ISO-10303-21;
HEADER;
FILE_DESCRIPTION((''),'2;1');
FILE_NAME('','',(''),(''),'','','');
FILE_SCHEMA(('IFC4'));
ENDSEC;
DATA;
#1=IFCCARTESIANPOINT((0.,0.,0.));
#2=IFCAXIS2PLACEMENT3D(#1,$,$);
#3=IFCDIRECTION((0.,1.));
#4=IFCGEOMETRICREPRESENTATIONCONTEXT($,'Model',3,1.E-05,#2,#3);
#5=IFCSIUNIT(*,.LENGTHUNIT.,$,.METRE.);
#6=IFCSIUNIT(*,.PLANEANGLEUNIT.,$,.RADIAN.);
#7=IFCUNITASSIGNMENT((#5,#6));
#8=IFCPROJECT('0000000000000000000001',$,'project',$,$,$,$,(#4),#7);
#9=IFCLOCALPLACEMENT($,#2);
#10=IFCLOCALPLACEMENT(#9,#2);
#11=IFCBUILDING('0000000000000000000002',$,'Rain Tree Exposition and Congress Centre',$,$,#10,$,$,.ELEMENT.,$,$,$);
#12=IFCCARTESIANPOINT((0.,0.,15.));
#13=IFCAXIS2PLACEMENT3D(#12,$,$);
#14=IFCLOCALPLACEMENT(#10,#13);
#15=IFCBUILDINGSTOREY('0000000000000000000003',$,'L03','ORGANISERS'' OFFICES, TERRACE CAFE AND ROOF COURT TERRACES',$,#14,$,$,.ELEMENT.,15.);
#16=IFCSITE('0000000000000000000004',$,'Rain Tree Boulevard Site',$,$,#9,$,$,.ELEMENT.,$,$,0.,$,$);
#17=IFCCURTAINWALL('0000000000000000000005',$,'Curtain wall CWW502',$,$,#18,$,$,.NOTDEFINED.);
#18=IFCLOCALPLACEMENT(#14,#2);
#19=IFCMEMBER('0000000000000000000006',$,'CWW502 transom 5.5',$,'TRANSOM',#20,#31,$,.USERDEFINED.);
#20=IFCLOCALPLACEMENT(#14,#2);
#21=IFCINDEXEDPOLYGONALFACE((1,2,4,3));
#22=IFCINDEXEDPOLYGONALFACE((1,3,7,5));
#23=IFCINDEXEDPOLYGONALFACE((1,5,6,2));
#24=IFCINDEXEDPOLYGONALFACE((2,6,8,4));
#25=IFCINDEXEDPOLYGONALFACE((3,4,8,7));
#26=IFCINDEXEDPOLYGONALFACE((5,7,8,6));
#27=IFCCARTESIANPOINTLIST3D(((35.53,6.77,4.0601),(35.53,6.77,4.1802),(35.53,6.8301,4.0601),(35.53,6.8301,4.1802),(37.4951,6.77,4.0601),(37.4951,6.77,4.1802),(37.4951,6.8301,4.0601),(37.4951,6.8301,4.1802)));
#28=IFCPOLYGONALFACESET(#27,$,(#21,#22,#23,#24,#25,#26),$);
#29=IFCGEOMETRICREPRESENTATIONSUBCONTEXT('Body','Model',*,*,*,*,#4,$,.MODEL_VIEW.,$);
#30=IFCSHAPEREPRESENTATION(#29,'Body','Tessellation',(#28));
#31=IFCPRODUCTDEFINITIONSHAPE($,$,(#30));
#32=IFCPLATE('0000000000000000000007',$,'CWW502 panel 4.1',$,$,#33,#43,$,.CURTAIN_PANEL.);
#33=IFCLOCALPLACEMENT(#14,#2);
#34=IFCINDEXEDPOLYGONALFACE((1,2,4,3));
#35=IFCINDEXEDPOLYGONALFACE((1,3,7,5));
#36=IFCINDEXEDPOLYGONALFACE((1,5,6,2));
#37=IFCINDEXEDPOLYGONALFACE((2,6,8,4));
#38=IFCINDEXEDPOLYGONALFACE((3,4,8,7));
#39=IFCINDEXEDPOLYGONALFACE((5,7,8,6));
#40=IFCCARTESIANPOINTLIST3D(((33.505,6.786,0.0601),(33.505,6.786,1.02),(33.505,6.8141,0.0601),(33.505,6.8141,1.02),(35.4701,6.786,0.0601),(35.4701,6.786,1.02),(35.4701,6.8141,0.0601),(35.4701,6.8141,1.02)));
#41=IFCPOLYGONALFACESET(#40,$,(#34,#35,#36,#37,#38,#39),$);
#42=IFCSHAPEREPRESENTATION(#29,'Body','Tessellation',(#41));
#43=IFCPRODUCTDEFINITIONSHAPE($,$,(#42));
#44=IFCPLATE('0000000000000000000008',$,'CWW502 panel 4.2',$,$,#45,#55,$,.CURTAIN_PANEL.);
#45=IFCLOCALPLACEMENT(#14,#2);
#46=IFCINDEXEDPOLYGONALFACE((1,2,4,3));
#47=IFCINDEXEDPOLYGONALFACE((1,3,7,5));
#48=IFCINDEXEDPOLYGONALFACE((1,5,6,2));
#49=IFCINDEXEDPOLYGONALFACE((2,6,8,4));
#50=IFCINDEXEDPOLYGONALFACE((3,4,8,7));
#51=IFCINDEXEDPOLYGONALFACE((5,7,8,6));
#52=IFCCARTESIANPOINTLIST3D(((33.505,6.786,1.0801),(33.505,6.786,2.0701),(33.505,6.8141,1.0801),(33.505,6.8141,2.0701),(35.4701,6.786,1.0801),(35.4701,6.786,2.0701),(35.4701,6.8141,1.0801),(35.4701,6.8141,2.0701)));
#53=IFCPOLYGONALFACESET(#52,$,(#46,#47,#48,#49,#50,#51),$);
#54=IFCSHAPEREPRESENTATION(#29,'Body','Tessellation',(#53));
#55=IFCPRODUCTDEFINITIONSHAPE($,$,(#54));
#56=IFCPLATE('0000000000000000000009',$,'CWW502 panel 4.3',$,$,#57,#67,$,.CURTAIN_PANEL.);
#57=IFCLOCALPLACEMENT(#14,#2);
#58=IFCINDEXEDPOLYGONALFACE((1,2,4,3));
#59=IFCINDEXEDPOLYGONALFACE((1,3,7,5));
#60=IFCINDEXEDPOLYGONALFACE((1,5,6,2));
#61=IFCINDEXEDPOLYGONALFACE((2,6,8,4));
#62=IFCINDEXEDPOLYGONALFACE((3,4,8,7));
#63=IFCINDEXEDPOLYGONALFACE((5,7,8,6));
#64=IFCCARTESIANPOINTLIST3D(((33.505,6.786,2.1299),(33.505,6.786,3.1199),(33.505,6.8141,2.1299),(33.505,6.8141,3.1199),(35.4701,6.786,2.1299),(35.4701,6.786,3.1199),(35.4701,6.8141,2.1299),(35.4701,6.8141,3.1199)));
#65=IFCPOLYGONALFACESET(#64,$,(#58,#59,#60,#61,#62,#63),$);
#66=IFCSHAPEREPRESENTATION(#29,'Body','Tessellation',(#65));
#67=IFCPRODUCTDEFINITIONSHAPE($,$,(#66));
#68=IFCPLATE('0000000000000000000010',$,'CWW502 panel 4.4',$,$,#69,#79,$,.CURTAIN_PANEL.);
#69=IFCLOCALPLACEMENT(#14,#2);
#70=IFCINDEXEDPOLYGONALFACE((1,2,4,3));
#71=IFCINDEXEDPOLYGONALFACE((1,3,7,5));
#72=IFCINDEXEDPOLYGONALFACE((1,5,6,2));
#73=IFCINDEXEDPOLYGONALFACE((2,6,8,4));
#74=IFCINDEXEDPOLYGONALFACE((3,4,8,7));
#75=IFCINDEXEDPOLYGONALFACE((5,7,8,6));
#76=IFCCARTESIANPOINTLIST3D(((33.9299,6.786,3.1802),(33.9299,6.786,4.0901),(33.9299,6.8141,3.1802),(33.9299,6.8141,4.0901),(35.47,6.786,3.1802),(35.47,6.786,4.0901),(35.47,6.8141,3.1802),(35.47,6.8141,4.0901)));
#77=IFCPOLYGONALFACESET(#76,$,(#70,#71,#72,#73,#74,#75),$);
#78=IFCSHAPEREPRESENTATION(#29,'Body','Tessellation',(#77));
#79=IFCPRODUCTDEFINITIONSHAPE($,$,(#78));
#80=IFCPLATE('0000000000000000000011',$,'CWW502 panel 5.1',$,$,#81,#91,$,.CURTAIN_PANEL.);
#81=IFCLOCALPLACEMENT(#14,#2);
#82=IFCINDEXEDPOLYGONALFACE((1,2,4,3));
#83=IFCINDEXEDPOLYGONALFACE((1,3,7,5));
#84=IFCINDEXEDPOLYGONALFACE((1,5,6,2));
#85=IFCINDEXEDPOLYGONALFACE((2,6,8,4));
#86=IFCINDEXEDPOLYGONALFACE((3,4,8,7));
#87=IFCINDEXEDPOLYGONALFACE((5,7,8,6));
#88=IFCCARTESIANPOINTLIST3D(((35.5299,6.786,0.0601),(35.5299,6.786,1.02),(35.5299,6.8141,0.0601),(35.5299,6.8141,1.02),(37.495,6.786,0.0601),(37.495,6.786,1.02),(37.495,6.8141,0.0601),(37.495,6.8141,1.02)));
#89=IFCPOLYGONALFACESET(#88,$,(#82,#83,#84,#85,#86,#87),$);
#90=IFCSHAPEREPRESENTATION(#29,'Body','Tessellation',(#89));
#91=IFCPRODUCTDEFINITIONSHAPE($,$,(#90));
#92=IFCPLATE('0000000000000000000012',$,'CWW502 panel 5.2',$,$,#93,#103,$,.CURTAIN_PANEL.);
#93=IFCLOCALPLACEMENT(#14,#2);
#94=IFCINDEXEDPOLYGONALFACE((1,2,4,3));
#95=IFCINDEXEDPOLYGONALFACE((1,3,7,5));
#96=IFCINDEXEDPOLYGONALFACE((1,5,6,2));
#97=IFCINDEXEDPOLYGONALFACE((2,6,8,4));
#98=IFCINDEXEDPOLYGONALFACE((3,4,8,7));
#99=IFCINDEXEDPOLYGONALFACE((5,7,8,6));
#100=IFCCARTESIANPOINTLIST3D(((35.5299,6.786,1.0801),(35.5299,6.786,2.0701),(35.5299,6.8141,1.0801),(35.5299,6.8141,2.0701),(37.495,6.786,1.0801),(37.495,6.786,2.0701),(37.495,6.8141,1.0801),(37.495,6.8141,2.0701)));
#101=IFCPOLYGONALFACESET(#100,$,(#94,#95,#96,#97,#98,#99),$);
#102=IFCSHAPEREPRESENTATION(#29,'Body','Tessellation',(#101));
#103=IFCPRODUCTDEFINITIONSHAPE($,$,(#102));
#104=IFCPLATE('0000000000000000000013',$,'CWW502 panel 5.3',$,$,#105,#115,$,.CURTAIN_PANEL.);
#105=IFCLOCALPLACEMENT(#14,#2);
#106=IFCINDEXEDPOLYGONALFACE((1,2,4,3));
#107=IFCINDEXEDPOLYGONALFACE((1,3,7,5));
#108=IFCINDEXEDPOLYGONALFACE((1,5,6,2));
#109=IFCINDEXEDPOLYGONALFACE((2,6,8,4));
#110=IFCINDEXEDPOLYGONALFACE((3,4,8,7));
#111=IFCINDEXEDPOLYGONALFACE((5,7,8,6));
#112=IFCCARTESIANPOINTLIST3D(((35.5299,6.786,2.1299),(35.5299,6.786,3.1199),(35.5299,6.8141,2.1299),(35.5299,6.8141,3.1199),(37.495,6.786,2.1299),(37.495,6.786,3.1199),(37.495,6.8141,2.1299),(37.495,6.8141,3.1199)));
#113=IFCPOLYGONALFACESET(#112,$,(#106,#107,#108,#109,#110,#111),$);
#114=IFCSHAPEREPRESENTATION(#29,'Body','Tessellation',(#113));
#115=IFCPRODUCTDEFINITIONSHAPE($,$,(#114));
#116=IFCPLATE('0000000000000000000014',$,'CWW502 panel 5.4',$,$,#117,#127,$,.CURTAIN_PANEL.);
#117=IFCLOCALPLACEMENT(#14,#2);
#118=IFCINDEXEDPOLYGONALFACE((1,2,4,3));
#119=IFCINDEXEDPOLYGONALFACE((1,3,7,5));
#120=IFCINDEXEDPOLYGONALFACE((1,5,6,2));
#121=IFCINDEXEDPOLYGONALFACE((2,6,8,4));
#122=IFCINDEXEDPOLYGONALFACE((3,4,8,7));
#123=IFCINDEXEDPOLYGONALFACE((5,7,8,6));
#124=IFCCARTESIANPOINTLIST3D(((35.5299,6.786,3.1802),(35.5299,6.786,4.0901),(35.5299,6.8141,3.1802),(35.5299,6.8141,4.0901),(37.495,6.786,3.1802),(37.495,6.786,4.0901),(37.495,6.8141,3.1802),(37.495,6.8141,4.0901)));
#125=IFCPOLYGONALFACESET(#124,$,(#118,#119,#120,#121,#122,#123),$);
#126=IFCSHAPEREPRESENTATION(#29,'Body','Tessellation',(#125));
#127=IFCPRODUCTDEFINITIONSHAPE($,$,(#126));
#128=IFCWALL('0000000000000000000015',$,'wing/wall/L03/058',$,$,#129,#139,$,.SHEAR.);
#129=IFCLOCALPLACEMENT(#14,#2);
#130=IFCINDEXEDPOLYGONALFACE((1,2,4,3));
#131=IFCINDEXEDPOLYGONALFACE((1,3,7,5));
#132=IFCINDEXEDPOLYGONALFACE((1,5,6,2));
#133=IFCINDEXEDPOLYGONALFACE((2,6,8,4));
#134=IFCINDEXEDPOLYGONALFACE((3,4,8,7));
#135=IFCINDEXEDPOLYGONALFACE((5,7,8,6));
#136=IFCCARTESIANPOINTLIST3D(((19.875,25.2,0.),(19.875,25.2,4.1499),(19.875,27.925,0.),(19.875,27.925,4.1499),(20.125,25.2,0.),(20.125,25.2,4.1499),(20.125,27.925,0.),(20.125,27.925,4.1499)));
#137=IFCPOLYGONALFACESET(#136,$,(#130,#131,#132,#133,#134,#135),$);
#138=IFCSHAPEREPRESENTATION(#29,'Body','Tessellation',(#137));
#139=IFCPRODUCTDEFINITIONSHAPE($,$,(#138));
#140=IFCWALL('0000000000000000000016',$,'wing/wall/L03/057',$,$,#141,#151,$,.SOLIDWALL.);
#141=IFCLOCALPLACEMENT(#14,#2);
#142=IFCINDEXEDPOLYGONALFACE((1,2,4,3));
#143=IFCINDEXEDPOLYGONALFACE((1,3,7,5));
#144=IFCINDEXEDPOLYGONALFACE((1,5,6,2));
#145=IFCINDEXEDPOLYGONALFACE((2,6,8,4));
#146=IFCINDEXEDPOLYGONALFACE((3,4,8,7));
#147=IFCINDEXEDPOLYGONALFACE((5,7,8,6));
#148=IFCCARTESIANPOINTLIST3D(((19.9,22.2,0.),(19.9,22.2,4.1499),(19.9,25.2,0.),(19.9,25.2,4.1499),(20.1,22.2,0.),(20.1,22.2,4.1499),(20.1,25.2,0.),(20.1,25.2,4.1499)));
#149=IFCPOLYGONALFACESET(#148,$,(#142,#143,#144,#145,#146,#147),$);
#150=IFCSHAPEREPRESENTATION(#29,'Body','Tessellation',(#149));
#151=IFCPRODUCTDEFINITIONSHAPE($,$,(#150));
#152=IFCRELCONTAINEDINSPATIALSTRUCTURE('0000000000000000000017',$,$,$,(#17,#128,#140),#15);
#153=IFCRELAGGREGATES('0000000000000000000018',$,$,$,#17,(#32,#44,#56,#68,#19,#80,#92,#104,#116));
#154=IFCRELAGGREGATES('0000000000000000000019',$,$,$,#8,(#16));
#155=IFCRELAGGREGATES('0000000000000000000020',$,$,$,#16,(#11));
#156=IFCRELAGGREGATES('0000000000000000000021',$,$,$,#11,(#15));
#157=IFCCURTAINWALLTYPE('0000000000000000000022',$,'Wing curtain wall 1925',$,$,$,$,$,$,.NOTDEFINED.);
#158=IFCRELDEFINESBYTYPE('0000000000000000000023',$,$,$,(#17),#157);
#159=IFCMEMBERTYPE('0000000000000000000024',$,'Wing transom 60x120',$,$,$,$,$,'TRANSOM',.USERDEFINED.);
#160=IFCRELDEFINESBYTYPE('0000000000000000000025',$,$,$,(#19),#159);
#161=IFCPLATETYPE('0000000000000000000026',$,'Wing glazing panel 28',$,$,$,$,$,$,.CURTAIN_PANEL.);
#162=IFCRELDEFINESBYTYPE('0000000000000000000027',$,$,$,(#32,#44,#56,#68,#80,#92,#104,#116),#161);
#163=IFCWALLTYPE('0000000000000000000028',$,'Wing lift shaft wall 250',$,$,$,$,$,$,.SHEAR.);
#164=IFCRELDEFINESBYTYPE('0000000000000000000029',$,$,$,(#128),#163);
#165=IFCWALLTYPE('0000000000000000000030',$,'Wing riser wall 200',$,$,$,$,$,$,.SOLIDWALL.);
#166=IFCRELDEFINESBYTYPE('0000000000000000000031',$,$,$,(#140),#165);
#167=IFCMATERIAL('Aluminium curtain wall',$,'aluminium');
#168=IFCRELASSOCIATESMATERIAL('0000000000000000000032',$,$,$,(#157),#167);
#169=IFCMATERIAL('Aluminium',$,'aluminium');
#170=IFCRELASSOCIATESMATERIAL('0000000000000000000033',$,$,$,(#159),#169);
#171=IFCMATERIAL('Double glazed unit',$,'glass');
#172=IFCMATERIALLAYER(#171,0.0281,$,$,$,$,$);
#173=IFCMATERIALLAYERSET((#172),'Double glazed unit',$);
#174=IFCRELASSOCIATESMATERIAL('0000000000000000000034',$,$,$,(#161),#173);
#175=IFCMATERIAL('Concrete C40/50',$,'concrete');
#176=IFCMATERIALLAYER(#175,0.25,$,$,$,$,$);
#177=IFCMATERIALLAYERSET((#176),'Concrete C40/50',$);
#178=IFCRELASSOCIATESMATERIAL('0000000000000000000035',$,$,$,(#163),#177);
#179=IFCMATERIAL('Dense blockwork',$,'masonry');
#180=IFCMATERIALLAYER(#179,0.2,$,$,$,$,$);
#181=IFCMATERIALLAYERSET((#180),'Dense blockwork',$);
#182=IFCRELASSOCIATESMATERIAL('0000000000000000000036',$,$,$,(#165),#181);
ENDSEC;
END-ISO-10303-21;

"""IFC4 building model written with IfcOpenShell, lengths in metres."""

from ifc_helpers import new_model, si_unit, direction, frame, frame_2d, origin, origin_2d, place, context, subcontext, project, spatial, rectangle, extrude, material, layer, layer_set, material_profile, profile_set, type_object, element, aggregate, save


model = new_model("IFC4")

# Units and contexts
model_context = context("Model", 3, precision=1e-05, world=origin(), true_north=direction((0.0, 1.0)))
body_context = subcontext(model_context, "Body", "Model", "MODEL_VIEW")
ifc_project = project(units=[si_unit("LENGTHUNIT", "METRE"), si_unit("PLANEANGLEUNIT", "RADIAN")], contexts=[model_context])

# Site, building, storey
site_placement = place(None, origin())
site = spatial("IfcSite", under=ifc_project, at=site_placement, Name="Rain Tree Boulevard Site", CompositionType="ELEMENT", RefElevation=0.0)
building_placement = place(site_placement, origin())
building = spatial("IfcBuilding", under=site, at=building_placement, Name="Rain Tree Exposition and Congress Centre", CompositionType="ELEMENT")
storey_placement = place(building_placement, frame((0.0, 0.0, 15.0)))
storey = spatial("IfcBuildingStorey", under=building, at=storey_placement, Name="L03", Description="ORGANISERS' OFFICES, TERRACE CAFE AND ROOF COURT TERRACES", CompositionType="ELEMENT", Elevation=15.0)

# Curtain wall, member, plates
ifc_material_1 = material(Name="Aluminium curtain wall", Category="aluminium")
curtain_wall_type = type_object("IfcCurtainWallType", Name="Wing curtain wall 1925", PredefinedType="NOTDEFINED", material=ifc_material_1)
curtain_wall_placement = place(storey_placement, origin())
curtain_wall = element("IfcCurtainWall", 1, at=curtain_wall_placement, inside=storey, type_object=curtain_wall_type, Name="Curtain wall CWW502", PredefinedType="NOTDEFINED")
ifc_material_2 = material(Name="Aluminium", Category="aluminium")
ifc_material_profile_1 = material_profile(ifc_material_2, rectangle(XDim=0.0601, YDim=0.1201, at=origin_2d()), Name="Aluminium 60x120")
ifc_profile_set_1 = profile_set([ifc_material_profile_1], Name="Aluminium")
member_type_1 = type_object("IfcMemberType", Name="Wing transom 60x120", ElementType="TRANSOM", PredefinedType="USERDEFINED", material=ifc_profile_set_1)
member_1_placement = place(storey_placement, frame((35.53, 6.8, 4.1201), z_axis=(1.0, 0.0, 0.0), x_axis=(0.0, 1.0, 0.0)))
member_1 = element("IfcMember", 2, at=member_1_placement, type_object=member_type_1, Name="CWW502 transom 5.5", ObjectType="TRANSOM", PredefinedType="USERDEFINED", context=body_context, shape_type="SweptSolid", body=[
    extrude(rectangle(XDim=0.0601, YDim=0.1201, at=origin_2d()), origin(), (0.0, 0.0, 1.0), 1.9651),
])
ifc_material_3 = material(Name="Double glazed unit", Category="glass")
ifc_layer_1 = layer(ifc_material_3, 0.0281)
ifc_layer_set_1 = layer_set([ifc_layer_1], Name="Double glazed unit")
plate_type = type_object("IfcPlateType", Name="Wing glazing panel 28", PredefinedType="CURTAIN_PANEL", material=ifc_layer_set_1)
plate_1_placement = place(storey_placement, frame((34.4875, 6.8, 0.0601), z_axis=(0.0, 0.0, 1.0), x_axis=(1.0, 0.0, 0.0)))
plate_1 = element("IfcPlate", 3, at=plate_1_placement, type_object=plate_type, Name="CWW502 panel 4.1", PredefinedType="CURTAIN_PANEL", context=body_context, shape_type="SweptSolid", body=[
    extrude(rectangle(XDim=1.9651, YDim=0.0281, at=origin_2d()), origin(), (0.0, 0.0, 1.0), 0.96),
])
plate_2_placement = place(storey_placement, frame((34.4875, 6.8, 1.0801), z_axis=(0.0, 0.0, 1.0), x_axis=(1.0, 0.0, 0.0)))
plate_2 = element("IfcPlate", 4, at=plate_2_placement, type_object=plate_type, Name="CWW502 panel 4.2", PredefinedType="CURTAIN_PANEL", context=body_context, shape_type="SweptSolid", body=[
    extrude(rectangle(XDim=1.9651, YDim=0.0281, at=origin_2d()), origin(), (0.0, 0.0, 1.0), 0.99),
])
plate_3_placement = place(storey_placement, frame((34.4875, 6.8, 2.1299), z_axis=(0.0, 0.0, 1.0), x_axis=(1.0, 0.0, 0.0)))
plate_3 = element("IfcPlate", 5, at=plate_3_placement, type_object=plate_type, Name="CWW502 panel 4.3", PredefinedType="CURTAIN_PANEL", context=body_context, shape_type="SweptSolid", body=[
    extrude(rectangle(XDim=1.9651, YDim=0.0281, at=origin_2d()), origin(), (0.0, 0.0, 1.0), 0.99),
])
plate_4_placement = place(storey_placement, frame((34.7, 6.8, 3.1802), z_axis=(0.0, 0.0, 1.0), x_axis=(1.0, 0.0, 0.0)))
plate_4 = element("IfcPlate", 6, at=plate_4_placement, type_object=plate_type, Name="CWW502 panel 4.4", PredefinedType="CURTAIN_PANEL", context=body_context, shape_type="SweptSolid", body=[
    extrude(rectangle(XDim=1.54, YDim=0.0281, at=origin_2d()), origin(), (0.0, 0.0, 1.0), 0.9099),
])
plate_5_placement = place(storey_placement, frame((36.5125, 6.8, 0.0601), z_axis=(0.0, 0.0, 1.0), x_axis=(1.0, 0.0, 0.0)))
plate_5 = element("IfcPlate", 7, at=plate_5_placement, type_object=plate_type, Name="CWW502 panel 5.1", PredefinedType="CURTAIN_PANEL", context=body_context, shape_type="SweptSolid", body=[
    extrude(rectangle(XDim=1.9651, YDim=0.0281, at=origin_2d()), origin(), (0.0, 0.0, 1.0), 0.96),
])
plate_6_placement = place(storey_placement, frame((36.5125, 6.8, 1.0801), z_axis=(0.0, 0.0, 1.0), x_axis=(1.0, 0.0, 0.0)))
plate_6 = element("IfcPlate", 8, at=plate_6_placement, type_object=plate_type, Name="CWW502 panel 5.2", PredefinedType="CURTAIN_PANEL", context=body_context, shape_type="SweptSolid", body=[
    extrude(rectangle(XDim=1.9651, YDim=0.0281, at=origin_2d()), origin(), (0.0, 0.0, 1.0), 0.99),
])
plate_7_placement = place(storey_placement, frame((36.5125, 6.8, 2.1299), z_axis=(0.0, 0.0, 1.0), x_axis=(1.0, 0.0, 0.0)))
plate_7 = element("IfcPlate", 9, at=plate_7_placement, type_object=plate_type, Name="CWW502 panel 5.3", PredefinedType="CURTAIN_PANEL", context=body_context, shape_type="SweptSolid", body=[
    extrude(rectangle(XDim=1.9651, YDim=0.0281, at=origin_2d()), origin(), (0.0, 0.0, 1.0), 0.99),
])
plate_8_placement = place(storey_placement, frame((36.5125, 6.8, 3.1802), z_axis=(0.0, 0.0, 1.0), x_axis=(1.0, 0.0, 0.0)))
plate_8 = element("IfcPlate", 10, at=plate_8_placement, type_object=plate_type, Name="CWW502 panel 5.4", PredefinedType="CURTAIN_PANEL", context=body_context, shape_type="SweptSolid", body=[
    extrude(rectangle(XDim=1.9651, YDim=0.0281, at=origin_2d()), origin(), (0.0, 0.0, 1.0), 0.9099),
])
aggregate(curtain_wall, [plate_1, plate_2, plate_3, plate_4, member_1, plate_5, plate_6, plate_7, plate_8])

# Walls
ifc_material_4 = material(Name="Concrete C40/50", Category="concrete")
ifc_layer_2 = layer(ifc_material_4, 0.25)
ifc_layer_set_2 = layer_set([ifc_layer_2], Name="Concrete C40/50")
wall_type_1 = type_object("IfcWallType", Name="Wing lift shaft wall 250", PredefinedType="SHEAR", material=ifc_layer_set_2)
wall_1_placement = place(storey_placement, frame((20.0, 25.2, 0.0), z_axis=(0.0, 0.0, 1.0), x_axis=(0.0, 1.0, 0.0)))
element("IfcWall", 11, at=wall_1_placement, inside=storey, type_object=wall_type_1, Name="wing/wall/L03/058", PredefinedType="SHEAR", context=body_context, shape_type="SweptSolid", body=[
    extrude(rectangle(XDim=2.7251, YDim=0.25, at=frame_2d((1.3625, 0.0))), origin(), (0.0, 0.0, 1.0), 4.1499),
])
ifc_material_5 = material(Name="Dense blockwork", Category="masonry")
ifc_layer_3 = layer(ifc_material_5, 0.2)
ifc_layer_set_3 = layer_set([ifc_layer_3], Name="Dense blockwork")
wall_type_2 = type_object("IfcWallType", Name="Wing riser wall 200", PredefinedType="SOLIDWALL", material=ifc_layer_set_3)
wall_2_placement = place(storey_placement, frame((20.0, 22.2, 0.0), z_axis=(0.0, 0.0, 1.0), x_axis=(0.0, 1.0, 0.0)))
element("IfcWall", 12, at=wall_2_placement, inside=storey, type_object=wall_type_2, Name="wing/wall/L03/057", PredefinedType="SOLIDWALL", context=body_context, shape_type="SweptSolid", body=[
    extrude(rectangle(XDim=3.0, YDim=0.2, at=frame_2d((1.5, 0.0))), origin(), (0.0, 0.0, 1.0), 4.1499),
])

save(model, "model.ifc")
